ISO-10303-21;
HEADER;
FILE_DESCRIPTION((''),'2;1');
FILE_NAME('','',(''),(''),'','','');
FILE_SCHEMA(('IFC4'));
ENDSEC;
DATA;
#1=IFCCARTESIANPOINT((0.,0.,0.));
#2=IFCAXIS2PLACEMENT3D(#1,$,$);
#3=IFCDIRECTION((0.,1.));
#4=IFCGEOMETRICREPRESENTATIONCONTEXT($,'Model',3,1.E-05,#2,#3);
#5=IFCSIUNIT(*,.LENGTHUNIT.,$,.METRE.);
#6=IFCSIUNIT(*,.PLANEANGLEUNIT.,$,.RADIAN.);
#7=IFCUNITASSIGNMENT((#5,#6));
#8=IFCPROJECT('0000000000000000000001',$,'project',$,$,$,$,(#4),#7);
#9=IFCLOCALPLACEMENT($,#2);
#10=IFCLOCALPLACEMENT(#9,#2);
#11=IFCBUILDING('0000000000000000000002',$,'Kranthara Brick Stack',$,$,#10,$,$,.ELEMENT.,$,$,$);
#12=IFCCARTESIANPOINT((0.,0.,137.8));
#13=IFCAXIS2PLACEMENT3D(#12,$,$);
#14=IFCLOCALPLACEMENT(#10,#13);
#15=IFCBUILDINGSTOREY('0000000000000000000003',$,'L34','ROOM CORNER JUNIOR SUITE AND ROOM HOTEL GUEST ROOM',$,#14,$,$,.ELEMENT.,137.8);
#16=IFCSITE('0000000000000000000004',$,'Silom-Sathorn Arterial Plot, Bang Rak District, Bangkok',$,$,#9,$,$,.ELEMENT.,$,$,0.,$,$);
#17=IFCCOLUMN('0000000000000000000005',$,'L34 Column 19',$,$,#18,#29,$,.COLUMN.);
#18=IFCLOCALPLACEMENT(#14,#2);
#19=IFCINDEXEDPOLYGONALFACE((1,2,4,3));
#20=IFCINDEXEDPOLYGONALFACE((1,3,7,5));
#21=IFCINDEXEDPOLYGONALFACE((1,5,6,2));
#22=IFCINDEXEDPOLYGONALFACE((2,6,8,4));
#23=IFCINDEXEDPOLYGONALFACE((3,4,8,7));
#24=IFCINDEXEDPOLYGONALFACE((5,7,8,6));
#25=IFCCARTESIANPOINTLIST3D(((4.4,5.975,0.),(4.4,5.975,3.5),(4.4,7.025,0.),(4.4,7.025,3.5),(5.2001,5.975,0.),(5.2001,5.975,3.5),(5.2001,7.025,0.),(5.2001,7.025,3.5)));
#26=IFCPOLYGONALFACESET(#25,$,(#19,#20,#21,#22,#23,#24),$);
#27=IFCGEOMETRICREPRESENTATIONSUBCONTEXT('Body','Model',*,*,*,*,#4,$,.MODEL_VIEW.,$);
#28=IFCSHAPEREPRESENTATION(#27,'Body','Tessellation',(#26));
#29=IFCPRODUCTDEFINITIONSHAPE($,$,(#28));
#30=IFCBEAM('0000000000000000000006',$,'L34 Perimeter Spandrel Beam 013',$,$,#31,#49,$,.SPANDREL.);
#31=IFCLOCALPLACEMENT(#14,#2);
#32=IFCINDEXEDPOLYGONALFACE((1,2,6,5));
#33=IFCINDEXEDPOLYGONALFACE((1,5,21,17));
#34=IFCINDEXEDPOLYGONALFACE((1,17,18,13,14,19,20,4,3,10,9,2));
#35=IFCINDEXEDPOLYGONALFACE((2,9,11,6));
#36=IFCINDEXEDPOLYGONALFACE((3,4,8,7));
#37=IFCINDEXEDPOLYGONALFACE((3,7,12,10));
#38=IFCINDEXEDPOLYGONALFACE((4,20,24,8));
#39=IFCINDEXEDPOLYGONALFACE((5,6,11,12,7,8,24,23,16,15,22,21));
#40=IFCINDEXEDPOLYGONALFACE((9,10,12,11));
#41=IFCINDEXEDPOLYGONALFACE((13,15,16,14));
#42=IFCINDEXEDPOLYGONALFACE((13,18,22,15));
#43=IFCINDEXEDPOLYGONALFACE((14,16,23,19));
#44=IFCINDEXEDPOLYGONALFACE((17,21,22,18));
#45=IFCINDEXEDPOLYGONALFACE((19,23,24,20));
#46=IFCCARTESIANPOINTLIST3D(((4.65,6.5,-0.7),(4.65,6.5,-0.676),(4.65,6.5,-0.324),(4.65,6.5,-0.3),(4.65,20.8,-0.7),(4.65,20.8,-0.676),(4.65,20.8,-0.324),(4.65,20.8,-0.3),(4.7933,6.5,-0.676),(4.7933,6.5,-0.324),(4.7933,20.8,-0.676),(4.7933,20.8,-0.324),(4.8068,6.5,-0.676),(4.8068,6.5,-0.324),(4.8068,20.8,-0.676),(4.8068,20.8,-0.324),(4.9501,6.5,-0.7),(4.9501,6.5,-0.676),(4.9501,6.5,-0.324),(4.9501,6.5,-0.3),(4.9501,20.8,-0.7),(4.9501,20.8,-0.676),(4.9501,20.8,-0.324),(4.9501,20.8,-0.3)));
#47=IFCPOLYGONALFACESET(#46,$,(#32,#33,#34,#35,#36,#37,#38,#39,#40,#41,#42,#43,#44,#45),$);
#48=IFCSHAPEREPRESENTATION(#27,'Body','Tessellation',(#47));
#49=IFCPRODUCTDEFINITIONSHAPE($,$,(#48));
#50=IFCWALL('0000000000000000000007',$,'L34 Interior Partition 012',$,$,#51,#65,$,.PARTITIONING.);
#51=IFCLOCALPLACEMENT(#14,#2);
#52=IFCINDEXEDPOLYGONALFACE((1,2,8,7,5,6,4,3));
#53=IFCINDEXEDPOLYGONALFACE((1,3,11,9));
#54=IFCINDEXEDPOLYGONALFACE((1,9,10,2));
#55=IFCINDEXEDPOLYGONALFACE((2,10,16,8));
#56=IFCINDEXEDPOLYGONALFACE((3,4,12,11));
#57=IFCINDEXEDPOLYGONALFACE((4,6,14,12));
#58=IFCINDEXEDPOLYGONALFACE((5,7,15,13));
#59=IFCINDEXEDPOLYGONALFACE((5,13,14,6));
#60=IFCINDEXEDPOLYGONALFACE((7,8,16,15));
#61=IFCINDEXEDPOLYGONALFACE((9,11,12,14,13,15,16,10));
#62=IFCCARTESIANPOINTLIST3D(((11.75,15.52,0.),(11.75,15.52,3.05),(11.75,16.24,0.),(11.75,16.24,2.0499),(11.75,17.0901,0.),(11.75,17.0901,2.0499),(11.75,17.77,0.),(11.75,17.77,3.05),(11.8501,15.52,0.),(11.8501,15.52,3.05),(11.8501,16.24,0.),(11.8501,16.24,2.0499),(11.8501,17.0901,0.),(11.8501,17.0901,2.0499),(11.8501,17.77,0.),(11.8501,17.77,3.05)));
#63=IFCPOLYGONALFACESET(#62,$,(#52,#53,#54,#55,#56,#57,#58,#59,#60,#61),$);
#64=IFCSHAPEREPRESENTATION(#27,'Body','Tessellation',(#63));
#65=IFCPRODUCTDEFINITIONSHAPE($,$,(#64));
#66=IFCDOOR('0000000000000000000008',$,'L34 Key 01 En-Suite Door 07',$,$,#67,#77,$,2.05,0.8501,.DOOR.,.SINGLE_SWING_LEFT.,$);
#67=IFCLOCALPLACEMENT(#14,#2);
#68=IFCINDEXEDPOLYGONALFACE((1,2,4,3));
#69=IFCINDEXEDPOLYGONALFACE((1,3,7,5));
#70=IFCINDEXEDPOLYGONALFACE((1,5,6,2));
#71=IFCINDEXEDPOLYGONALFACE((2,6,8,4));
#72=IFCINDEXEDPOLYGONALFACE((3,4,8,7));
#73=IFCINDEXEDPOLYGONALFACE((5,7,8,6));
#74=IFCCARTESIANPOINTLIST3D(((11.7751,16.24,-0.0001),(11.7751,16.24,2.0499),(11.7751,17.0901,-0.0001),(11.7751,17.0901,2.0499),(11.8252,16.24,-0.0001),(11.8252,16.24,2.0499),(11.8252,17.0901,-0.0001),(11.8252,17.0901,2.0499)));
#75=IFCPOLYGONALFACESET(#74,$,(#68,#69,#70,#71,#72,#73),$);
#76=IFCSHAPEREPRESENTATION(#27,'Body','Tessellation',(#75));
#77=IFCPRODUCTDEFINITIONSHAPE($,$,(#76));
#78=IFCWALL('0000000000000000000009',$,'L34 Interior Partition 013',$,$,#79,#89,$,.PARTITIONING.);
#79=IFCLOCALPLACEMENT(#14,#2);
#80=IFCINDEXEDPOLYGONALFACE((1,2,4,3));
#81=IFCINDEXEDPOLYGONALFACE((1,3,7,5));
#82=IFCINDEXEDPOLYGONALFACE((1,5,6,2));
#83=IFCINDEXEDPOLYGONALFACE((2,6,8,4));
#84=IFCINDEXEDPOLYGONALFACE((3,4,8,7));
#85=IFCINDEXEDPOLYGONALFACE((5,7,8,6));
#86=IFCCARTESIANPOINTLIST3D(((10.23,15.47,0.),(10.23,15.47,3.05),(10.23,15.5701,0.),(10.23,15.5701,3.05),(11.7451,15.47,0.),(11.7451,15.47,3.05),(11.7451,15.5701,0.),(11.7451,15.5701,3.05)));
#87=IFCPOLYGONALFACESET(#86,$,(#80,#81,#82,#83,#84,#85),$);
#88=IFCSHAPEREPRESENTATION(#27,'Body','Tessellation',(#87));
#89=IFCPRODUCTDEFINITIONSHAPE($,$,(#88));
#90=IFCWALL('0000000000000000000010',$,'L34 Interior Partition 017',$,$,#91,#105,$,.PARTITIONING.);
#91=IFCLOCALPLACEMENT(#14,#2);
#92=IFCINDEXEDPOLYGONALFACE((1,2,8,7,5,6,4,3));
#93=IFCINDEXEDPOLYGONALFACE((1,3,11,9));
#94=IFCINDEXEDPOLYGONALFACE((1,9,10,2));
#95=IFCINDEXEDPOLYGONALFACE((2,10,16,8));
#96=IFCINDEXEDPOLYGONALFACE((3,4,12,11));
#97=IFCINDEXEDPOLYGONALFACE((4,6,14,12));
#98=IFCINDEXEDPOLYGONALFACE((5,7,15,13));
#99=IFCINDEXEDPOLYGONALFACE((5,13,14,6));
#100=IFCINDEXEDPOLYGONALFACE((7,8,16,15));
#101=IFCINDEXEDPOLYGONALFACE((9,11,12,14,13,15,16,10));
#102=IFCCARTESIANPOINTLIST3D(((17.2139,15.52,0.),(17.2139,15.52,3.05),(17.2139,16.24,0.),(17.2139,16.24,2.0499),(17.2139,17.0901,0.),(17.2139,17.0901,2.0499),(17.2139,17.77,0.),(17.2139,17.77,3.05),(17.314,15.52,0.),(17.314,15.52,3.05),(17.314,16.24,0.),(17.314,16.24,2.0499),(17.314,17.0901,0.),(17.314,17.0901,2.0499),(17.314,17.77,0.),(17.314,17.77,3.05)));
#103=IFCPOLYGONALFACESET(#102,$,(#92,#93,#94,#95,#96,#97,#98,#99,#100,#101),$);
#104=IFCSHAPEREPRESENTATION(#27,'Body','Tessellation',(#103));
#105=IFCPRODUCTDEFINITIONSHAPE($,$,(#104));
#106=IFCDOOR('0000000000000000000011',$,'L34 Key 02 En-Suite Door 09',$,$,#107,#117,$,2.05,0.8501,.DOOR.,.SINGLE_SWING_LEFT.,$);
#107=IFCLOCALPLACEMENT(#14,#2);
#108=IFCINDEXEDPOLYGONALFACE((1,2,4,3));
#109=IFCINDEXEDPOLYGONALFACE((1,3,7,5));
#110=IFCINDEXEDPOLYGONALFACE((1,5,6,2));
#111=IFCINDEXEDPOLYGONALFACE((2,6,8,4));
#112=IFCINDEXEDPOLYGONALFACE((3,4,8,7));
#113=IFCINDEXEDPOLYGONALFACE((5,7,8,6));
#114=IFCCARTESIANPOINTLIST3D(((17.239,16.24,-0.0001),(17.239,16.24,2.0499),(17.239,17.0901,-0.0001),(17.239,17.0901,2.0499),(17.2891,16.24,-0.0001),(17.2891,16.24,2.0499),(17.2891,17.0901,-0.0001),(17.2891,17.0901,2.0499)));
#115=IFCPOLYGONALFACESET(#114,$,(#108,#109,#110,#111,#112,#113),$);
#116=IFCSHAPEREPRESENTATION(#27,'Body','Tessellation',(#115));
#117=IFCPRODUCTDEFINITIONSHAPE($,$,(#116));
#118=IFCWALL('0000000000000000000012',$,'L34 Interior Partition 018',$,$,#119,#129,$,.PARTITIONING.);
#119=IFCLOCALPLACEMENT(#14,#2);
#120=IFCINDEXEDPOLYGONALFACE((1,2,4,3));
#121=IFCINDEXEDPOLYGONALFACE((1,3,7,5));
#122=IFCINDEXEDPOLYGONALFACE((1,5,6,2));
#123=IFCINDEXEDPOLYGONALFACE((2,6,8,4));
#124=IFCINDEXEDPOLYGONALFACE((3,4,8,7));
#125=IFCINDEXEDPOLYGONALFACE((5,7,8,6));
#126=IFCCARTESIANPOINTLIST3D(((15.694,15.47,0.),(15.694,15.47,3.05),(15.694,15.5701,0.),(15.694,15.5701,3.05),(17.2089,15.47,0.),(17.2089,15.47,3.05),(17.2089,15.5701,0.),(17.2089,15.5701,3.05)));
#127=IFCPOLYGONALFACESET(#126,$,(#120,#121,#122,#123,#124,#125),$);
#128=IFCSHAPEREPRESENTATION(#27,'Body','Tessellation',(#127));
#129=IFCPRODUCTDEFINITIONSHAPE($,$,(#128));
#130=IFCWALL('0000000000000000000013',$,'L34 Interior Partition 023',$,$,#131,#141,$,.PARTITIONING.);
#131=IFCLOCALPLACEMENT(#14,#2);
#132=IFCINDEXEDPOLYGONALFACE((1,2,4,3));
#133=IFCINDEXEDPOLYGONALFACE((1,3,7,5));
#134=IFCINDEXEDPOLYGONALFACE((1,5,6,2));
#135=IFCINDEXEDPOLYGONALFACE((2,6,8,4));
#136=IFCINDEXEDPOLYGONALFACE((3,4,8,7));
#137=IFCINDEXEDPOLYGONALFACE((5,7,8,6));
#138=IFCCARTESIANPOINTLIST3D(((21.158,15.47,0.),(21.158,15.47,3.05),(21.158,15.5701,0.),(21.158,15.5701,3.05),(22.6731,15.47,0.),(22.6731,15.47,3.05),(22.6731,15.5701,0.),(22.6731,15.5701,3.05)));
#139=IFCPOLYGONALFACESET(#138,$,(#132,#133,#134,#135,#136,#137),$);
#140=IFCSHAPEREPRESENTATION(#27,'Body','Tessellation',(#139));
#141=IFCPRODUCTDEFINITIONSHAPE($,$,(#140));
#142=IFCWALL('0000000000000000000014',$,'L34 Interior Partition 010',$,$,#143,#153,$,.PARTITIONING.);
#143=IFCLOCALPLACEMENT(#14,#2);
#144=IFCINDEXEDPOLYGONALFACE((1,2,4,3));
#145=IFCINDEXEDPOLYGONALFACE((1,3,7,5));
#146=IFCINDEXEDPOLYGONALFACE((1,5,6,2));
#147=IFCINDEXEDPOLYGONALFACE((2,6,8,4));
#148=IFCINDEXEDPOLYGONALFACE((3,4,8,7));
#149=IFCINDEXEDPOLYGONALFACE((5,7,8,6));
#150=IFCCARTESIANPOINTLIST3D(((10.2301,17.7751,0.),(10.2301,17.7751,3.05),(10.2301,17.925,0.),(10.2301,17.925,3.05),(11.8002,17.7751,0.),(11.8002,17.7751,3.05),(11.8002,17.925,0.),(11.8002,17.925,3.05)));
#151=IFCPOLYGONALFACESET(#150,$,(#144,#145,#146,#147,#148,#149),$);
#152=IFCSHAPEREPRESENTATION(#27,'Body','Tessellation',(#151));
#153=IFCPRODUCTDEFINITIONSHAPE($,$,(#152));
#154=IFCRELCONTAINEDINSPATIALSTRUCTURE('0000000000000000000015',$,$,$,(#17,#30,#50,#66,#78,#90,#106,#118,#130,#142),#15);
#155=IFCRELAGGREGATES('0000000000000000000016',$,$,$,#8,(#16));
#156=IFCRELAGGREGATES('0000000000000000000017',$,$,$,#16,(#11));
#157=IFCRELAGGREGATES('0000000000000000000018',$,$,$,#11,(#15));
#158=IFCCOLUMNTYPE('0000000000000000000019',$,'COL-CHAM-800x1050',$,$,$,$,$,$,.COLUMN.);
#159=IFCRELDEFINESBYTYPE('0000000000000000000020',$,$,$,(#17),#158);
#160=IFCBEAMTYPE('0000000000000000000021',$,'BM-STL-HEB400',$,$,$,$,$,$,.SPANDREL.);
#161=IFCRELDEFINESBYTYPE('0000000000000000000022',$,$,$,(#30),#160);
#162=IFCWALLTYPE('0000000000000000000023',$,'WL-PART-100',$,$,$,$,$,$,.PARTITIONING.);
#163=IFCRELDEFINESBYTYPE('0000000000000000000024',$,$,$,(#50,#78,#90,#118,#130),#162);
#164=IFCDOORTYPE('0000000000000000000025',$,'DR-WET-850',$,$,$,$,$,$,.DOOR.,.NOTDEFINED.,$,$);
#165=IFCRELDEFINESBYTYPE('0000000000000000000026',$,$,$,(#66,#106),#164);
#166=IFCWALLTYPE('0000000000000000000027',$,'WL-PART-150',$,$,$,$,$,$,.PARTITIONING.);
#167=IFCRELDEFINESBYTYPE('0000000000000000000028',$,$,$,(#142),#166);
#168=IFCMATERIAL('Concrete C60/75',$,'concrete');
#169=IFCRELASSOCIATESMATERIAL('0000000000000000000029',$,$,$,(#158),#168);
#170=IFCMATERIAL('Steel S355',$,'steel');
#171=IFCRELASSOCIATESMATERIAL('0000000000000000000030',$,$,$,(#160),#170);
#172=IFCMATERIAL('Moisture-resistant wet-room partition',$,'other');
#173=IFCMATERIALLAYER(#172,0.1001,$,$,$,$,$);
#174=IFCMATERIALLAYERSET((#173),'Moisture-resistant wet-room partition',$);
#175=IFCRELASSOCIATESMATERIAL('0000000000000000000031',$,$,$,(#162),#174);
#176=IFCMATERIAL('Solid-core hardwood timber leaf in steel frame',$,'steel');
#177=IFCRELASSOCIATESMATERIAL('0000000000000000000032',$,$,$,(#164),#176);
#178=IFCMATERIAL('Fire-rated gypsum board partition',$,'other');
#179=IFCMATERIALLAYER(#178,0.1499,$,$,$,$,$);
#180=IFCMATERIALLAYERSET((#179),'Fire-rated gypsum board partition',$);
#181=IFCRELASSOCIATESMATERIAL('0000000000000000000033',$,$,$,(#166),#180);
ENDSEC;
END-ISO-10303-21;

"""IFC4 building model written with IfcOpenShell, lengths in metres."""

from ifc_helpers import new_model, si_unit, direction, frame, frame_2d, origin, origin_2d, place, context, subcontext, project, spatial, rectangle, i_section, extrude, material, layer, layer_set, material_profile, profile_set, type_object, element, fill, save


model = new_model("IFC4")

# Units and contexts
model_context = context("Model", 3, precision=1e-05, world=origin(), true_north=direction((0.0, 1.0)))
body_context = subcontext(model_context, "Body", "Model", "MODEL_VIEW")
ifc_project = project(units=[si_unit("LENGTHUNIT", "METRE"), si_unit("PLANEANGLEUNIT", "RADIAN")], contexts=[model_context])

# Site, building, storey
site_placement = place(None, origin())
site = spatial("IfcSite", under=ifc_project, at=site_placement, Name="Silom-Sathorn Arterial Plot, Bang Rak District, Bangkok", CompositionType="ELEMENT", RefElevation=0.0)
building_placement = place(site_placement, origin())
building = spatial("IfcBuilding", under=site, at=building_placement, Name="Kranthara Brick Stack", CompositionType="ELEMENT")
storey_placement = place(building_placement, frame((0.0, 0.0, 137.8)))
storey = spatial("IfcBuildingStorey", under=building, at=storey_placement, Name="L34", Description="ROOM CORNER JUNIOR SUITE AND ROOM HOTEL GUEST ROOM", CompositionType="ELEMENT", Elevation=137.8)

# Column
ifc_material_1 = material(Name="Concrete C60/75", Category="concrete")
ifc_material_profile_1 = material_profile(ifc_material_1, rectangle(XDim=0.8, YDim=1.05, at=origin_2d()), Name="RC 800x1050")
ifc_profile_set_1 = profile_set([ifc_material_profile_1], Name="Concrete C60/75")
column_type = type_object("IfcColumnType", Name="COL-CHAM-800x1050", PredefinedType="COLUMN", material=ifc_profile_set_1)
column_placement = place(storey_placement, frame((4.8, 6.5, 0.0), z_axis=(0.0, 0.0, 1.0), x_axis=(1.0, 0.0, 0.0)))
element("IfcColumn", 1, at=column_placement, inside=storey, type_object=column_type, Name="L34 Column 19", PredefinedType="COLUMN", context=body_context, shape_type="SweptSolid", body=[
    extrude(rectangle(XDim=0.8, YDim=1.05, at=origin_2d()), origin(), (0.0, 0.0, 1.0), 3.5),
])

# Beam
ifc_material_2 = material(Name="Steel S355", Category="steel")
ifc_material_profile_2 = material_profile(ifc_material_2, i_section(OverallWidth=0.3, OverallDepth=0.3999, WebThickness=0.0134, FlangeThickness=0.0239, at=origin_2d()), Name="HEB 400")
ifc_profile_set_2 = profile_set([ifc_material_profile_2], Name="Steel S355")
beam_type = type_object("IfcBeamType", Name="BM-STL-HEB400", PredefinedType="SPANDREL", material=ifc_profile_set_2)
beam_placement = place(storey_placement, frame((4.8, 6.5, -0.5), z_axis=(0.0, 1.0, 0.0), x_axis=(-1.0, 0.0, 0.0)))
element("IfcBeam", 2, at=beam_placement, inside=storey, type_object=beam_type, Name="L34 Perimeter Spandrel Beam 013", PredefinedType="SPANDREL", context=body_context, shape_type="SweptSolid", body=[
    extrude(i_section(OverallWidth=0.3, OverallDepth=0.3999, WebThickness=0.0134, FlangeThickness=0.0239, at=origin_2d()), origin(), (0.0, 0.0, 1.0), 14.3),
])

# Wall, opening, door
ifc_material_3 = material(Name="Moisture-resistant wet-room partition", Category="other")
ifc_layer_1 = layer(ifc_material_3, 0.1001)
ifc_layer_set_1 = layer_set([ifc_layer_1], Name="Moisture-resistant wet-room partition")
wall_type_1 = type_object("IfcWallType", Name="WL-PART-100", PredefinedType="PARTITIONING", material=ifc_layer_set_1)
wall_1_placement = place(storey_placement, frame((11.8, 15.52, 0.0), z_axis=(0.0, 0.0, 1.0), x_axis=(0.0, 1.0, 0.0)))
wall_1 = element("IfcWall", 3, at=wall_1_placement, inside=storey, type_object=wall_type_1, Name="L34 Interior Partition 012", PredefinedType="PARTITIONING", context=body_context, shape_type="SweptSolid", body=[
    extrude(rectangle(XDim=2.25, YDim=0.1001, at=frame_2d((1.125, 0.0))), origin(), (0.0, 0.0, 1.0), 3.05),
])
opening_1_placement = place(wall_1_placement, frame((0.72, 0.0, 0.0)))
opening_1 = element("IfcOpeningElement", 4, at=opening_1_placement, cuts=wall_1, PredefinedType="OPENING", context=body_context, shape_type="SweptSolid", body=[
    extrude(rectangle(XDim=0.8501, YDim=2.05, at=frame_2d((0.425, 1.0249))), frame((0.0, 0.0601, 0.0), z_axis=(0.0, -1.0, 0.0), x_axis=(1.0, 0.0, 0.0)), (0.0, 0.0, 1.0), 0.1201),
])
ifc_material_4 = material(Name="Solid-core hardwood timber leaf in steel frame", Category="steel")
door_type_1 = type_object("IfcDoorType", Name="DR-WET-850", OperationType="NOTDEFINED", PredefinedType="DOOR", material=ifc_material_4)
door_1_placement = place(opening_1_placement, origin())
door_1 = element("IfcDoor", 5, at=door_1_placement, inside=storey, type_object=door_type_1, Name="L34 Key 01 En-Suite Door 07", OperationType="SINGLE_SWING_LEFT", OverallHeight=2.05, OverallWidth=0.8501, PredefinedType="DOOR", context=body_context, shape_type="SweptSolid", body=[
    extrude(rectangle(XDim=0.8501, YDim=2.05, at=frame_2d((0.425, 1.0249))), frame((0.0, 0.0249, 0.0), z_axis=(0.0, -1.0, 0.0), x_axis=(1.0, 0.0, 0.0)), (0.0, 0.0, 1.0), 0.05),
])
fill(opening_1, door_1)

# Wall
wall_2_placement = place(storey_placement, frame((10.23, 15.52, 0.0), z_axis=(0.0, 0.0, 1.0), x_axis=(1.0, 0.0, 0.0)))
element("IfcWall", 6, at=wall_2_placement, inside=storey, type_object=wall_type_1, Name="L34 Interior Partition 013", PredefinedType="PARTITIONING", context=body_context, shape_type="SweptSolid", body=[
    extrude(rectangle(XDim=1.5151, YDim=0.1001, at=frame_2d((0.7576, 0.0))), origin(), (0.0, 0.0, 1.0), 3.05),
])

# Wall, opening, door
wall_3_placement = place(storey_placement, frame((17.2639, 15.52, 0.0), z_axis=(0.0, 0.0, 1.0), x_axis=(0.0, 1.0, 0.0)))
wall_3 = element("IfcWall", 7, at=wall_3_placement, inside=storey, type_object=wall_type_1, Name="L34 Interior Partition 017", PredefinedType="PARTITIONING", context=body_context, shape_type="SweptSolid", body=[
    extrude(rectangle(XDim=2.25, YDim=0.1001, at=frame_2d((1.125, 0.0))), origin(), (0.0, 0.0, 1.0), 3.05),
])
opening_2_placement = place(wall_3_placement, frame((0.72, 0.0, 0.0)))
opening_2 = element("IfcOpeningElement", 8, at=opening_2_placement, cuts=wall_3, PredefinedType="OPENING", context=body_context, shape_type="SweptSolid", body=[
    extrude(rectangle(XDim=0.8501, YDim=2.05, at=frame_2d((0.425, 1.0249))), frame((0.0, 0.0601, 0.0), z_axis=(0.0, -1.0, 0.0), x_axis=(1.0, 0.0, 0.0)), (0.0, 0.0, 1.0), 0.1201),
])
door_2_placement = place(opening_2_placement, origin())
door_2 = element("IfcDoor", 9, at=door_2_placement, inside=storey, type_object=door_type_1, Name="L34 Key 02 En-Suite Door 09", OperationType="SINGLE_SWING_LEFT", OverallHeight=2.05, OverallWidth=0.8501, PredefinedType="DOOR", context=body_context, shape_type="SweptSolid", body=[
    extrude(rectangle(XDim=0.8501, YDim=2.05, at=frame_2d((0.425, 1.0249))), frame((0.0, 0.0249, 0.0), z_axis=(0.0, -1.0, 0.0), x_axis=(1.0, 0.0, 0.0)), (0.0, 0.0, 1.0), 0.05),
])
fill(opening_2, door_2)

# Walls
wall_4_placement = place(storey_placement, frame((15.6941, 15.52, 0.0), z_axis=(0.0, 0.0, 1.0), x_axis=(1.0, 0.0, 0.0)))
element("IfcWall", 10, at=wall_4_placement, inside=storey, type_object=wall_type_1, Name="L34 Interior Partition 018", PredefinedType="PARTITIONING", context=body_context, shape_type="SweptSolid", body=[
    extrude(rectangle(XDim=1.5149, YDim=0.1001, at=frame_2d((0.7573, 0.0))), origin(), (0.0, 0.0, 1.0), 3.05),
])
wall_5_placement = place(storey_placement, frame((21.158, 15.52, 0.0), z_axis=(0.0, 0.0, 1.0), x_axis=(1.0, 0.0, 0.0)))
element("IfcWall", 11, at=wall_5_placement, inside=storey, type_object=wall_type_1, Name="L34 Interior Partition 023", PredefinedType="PARTITIONING", context=body_context, shape_type="SweptSolid", body=[
    extrude(rectangle(XDim=1.5151, YDim=0.1001, at=frame_2d((0.7576, 0.0))), origin(), (0.0, 0.0, 1.0), 3.05),
])
ifc_material_5 = material(Name="Fire-rated gypsum board partition", Category="other")
ifc_layer_2 = layer(ifc_material_5, 0.1499)
ifc_layer_set_2 = layer_set([ifc_layer_2], Name="Fire-rated gypsum board partition")
wall_type_2 = type_object("IfcWallType", Name="WL-PART-150", PredefinedType="PARTITIONING", material=ifc_layer_set_2)
wall_6_placement = place(storey_placement, frame((10.23, 17.8501, 0.0), z_axis=(0.0, 0.0, 1.0), x_axis=(1.0, 0.0, 0.0)))
element("IfcWall", 12, at=wall_6_placement, inside=storey, type_object=wall_type_2, Name="L34 Interior Partition 010", PredefinedType="PARTITIONING", context=body_context, shape_type="SweptSolid", body=[
    extrude(rectangle(XDim=1.5701, YDim=0.1499, at=frame_2d((0.7852, 0.0))), origin(), (0.0, 0.0, 1.0), 3.05),
])

save(model, "model.ifc")
